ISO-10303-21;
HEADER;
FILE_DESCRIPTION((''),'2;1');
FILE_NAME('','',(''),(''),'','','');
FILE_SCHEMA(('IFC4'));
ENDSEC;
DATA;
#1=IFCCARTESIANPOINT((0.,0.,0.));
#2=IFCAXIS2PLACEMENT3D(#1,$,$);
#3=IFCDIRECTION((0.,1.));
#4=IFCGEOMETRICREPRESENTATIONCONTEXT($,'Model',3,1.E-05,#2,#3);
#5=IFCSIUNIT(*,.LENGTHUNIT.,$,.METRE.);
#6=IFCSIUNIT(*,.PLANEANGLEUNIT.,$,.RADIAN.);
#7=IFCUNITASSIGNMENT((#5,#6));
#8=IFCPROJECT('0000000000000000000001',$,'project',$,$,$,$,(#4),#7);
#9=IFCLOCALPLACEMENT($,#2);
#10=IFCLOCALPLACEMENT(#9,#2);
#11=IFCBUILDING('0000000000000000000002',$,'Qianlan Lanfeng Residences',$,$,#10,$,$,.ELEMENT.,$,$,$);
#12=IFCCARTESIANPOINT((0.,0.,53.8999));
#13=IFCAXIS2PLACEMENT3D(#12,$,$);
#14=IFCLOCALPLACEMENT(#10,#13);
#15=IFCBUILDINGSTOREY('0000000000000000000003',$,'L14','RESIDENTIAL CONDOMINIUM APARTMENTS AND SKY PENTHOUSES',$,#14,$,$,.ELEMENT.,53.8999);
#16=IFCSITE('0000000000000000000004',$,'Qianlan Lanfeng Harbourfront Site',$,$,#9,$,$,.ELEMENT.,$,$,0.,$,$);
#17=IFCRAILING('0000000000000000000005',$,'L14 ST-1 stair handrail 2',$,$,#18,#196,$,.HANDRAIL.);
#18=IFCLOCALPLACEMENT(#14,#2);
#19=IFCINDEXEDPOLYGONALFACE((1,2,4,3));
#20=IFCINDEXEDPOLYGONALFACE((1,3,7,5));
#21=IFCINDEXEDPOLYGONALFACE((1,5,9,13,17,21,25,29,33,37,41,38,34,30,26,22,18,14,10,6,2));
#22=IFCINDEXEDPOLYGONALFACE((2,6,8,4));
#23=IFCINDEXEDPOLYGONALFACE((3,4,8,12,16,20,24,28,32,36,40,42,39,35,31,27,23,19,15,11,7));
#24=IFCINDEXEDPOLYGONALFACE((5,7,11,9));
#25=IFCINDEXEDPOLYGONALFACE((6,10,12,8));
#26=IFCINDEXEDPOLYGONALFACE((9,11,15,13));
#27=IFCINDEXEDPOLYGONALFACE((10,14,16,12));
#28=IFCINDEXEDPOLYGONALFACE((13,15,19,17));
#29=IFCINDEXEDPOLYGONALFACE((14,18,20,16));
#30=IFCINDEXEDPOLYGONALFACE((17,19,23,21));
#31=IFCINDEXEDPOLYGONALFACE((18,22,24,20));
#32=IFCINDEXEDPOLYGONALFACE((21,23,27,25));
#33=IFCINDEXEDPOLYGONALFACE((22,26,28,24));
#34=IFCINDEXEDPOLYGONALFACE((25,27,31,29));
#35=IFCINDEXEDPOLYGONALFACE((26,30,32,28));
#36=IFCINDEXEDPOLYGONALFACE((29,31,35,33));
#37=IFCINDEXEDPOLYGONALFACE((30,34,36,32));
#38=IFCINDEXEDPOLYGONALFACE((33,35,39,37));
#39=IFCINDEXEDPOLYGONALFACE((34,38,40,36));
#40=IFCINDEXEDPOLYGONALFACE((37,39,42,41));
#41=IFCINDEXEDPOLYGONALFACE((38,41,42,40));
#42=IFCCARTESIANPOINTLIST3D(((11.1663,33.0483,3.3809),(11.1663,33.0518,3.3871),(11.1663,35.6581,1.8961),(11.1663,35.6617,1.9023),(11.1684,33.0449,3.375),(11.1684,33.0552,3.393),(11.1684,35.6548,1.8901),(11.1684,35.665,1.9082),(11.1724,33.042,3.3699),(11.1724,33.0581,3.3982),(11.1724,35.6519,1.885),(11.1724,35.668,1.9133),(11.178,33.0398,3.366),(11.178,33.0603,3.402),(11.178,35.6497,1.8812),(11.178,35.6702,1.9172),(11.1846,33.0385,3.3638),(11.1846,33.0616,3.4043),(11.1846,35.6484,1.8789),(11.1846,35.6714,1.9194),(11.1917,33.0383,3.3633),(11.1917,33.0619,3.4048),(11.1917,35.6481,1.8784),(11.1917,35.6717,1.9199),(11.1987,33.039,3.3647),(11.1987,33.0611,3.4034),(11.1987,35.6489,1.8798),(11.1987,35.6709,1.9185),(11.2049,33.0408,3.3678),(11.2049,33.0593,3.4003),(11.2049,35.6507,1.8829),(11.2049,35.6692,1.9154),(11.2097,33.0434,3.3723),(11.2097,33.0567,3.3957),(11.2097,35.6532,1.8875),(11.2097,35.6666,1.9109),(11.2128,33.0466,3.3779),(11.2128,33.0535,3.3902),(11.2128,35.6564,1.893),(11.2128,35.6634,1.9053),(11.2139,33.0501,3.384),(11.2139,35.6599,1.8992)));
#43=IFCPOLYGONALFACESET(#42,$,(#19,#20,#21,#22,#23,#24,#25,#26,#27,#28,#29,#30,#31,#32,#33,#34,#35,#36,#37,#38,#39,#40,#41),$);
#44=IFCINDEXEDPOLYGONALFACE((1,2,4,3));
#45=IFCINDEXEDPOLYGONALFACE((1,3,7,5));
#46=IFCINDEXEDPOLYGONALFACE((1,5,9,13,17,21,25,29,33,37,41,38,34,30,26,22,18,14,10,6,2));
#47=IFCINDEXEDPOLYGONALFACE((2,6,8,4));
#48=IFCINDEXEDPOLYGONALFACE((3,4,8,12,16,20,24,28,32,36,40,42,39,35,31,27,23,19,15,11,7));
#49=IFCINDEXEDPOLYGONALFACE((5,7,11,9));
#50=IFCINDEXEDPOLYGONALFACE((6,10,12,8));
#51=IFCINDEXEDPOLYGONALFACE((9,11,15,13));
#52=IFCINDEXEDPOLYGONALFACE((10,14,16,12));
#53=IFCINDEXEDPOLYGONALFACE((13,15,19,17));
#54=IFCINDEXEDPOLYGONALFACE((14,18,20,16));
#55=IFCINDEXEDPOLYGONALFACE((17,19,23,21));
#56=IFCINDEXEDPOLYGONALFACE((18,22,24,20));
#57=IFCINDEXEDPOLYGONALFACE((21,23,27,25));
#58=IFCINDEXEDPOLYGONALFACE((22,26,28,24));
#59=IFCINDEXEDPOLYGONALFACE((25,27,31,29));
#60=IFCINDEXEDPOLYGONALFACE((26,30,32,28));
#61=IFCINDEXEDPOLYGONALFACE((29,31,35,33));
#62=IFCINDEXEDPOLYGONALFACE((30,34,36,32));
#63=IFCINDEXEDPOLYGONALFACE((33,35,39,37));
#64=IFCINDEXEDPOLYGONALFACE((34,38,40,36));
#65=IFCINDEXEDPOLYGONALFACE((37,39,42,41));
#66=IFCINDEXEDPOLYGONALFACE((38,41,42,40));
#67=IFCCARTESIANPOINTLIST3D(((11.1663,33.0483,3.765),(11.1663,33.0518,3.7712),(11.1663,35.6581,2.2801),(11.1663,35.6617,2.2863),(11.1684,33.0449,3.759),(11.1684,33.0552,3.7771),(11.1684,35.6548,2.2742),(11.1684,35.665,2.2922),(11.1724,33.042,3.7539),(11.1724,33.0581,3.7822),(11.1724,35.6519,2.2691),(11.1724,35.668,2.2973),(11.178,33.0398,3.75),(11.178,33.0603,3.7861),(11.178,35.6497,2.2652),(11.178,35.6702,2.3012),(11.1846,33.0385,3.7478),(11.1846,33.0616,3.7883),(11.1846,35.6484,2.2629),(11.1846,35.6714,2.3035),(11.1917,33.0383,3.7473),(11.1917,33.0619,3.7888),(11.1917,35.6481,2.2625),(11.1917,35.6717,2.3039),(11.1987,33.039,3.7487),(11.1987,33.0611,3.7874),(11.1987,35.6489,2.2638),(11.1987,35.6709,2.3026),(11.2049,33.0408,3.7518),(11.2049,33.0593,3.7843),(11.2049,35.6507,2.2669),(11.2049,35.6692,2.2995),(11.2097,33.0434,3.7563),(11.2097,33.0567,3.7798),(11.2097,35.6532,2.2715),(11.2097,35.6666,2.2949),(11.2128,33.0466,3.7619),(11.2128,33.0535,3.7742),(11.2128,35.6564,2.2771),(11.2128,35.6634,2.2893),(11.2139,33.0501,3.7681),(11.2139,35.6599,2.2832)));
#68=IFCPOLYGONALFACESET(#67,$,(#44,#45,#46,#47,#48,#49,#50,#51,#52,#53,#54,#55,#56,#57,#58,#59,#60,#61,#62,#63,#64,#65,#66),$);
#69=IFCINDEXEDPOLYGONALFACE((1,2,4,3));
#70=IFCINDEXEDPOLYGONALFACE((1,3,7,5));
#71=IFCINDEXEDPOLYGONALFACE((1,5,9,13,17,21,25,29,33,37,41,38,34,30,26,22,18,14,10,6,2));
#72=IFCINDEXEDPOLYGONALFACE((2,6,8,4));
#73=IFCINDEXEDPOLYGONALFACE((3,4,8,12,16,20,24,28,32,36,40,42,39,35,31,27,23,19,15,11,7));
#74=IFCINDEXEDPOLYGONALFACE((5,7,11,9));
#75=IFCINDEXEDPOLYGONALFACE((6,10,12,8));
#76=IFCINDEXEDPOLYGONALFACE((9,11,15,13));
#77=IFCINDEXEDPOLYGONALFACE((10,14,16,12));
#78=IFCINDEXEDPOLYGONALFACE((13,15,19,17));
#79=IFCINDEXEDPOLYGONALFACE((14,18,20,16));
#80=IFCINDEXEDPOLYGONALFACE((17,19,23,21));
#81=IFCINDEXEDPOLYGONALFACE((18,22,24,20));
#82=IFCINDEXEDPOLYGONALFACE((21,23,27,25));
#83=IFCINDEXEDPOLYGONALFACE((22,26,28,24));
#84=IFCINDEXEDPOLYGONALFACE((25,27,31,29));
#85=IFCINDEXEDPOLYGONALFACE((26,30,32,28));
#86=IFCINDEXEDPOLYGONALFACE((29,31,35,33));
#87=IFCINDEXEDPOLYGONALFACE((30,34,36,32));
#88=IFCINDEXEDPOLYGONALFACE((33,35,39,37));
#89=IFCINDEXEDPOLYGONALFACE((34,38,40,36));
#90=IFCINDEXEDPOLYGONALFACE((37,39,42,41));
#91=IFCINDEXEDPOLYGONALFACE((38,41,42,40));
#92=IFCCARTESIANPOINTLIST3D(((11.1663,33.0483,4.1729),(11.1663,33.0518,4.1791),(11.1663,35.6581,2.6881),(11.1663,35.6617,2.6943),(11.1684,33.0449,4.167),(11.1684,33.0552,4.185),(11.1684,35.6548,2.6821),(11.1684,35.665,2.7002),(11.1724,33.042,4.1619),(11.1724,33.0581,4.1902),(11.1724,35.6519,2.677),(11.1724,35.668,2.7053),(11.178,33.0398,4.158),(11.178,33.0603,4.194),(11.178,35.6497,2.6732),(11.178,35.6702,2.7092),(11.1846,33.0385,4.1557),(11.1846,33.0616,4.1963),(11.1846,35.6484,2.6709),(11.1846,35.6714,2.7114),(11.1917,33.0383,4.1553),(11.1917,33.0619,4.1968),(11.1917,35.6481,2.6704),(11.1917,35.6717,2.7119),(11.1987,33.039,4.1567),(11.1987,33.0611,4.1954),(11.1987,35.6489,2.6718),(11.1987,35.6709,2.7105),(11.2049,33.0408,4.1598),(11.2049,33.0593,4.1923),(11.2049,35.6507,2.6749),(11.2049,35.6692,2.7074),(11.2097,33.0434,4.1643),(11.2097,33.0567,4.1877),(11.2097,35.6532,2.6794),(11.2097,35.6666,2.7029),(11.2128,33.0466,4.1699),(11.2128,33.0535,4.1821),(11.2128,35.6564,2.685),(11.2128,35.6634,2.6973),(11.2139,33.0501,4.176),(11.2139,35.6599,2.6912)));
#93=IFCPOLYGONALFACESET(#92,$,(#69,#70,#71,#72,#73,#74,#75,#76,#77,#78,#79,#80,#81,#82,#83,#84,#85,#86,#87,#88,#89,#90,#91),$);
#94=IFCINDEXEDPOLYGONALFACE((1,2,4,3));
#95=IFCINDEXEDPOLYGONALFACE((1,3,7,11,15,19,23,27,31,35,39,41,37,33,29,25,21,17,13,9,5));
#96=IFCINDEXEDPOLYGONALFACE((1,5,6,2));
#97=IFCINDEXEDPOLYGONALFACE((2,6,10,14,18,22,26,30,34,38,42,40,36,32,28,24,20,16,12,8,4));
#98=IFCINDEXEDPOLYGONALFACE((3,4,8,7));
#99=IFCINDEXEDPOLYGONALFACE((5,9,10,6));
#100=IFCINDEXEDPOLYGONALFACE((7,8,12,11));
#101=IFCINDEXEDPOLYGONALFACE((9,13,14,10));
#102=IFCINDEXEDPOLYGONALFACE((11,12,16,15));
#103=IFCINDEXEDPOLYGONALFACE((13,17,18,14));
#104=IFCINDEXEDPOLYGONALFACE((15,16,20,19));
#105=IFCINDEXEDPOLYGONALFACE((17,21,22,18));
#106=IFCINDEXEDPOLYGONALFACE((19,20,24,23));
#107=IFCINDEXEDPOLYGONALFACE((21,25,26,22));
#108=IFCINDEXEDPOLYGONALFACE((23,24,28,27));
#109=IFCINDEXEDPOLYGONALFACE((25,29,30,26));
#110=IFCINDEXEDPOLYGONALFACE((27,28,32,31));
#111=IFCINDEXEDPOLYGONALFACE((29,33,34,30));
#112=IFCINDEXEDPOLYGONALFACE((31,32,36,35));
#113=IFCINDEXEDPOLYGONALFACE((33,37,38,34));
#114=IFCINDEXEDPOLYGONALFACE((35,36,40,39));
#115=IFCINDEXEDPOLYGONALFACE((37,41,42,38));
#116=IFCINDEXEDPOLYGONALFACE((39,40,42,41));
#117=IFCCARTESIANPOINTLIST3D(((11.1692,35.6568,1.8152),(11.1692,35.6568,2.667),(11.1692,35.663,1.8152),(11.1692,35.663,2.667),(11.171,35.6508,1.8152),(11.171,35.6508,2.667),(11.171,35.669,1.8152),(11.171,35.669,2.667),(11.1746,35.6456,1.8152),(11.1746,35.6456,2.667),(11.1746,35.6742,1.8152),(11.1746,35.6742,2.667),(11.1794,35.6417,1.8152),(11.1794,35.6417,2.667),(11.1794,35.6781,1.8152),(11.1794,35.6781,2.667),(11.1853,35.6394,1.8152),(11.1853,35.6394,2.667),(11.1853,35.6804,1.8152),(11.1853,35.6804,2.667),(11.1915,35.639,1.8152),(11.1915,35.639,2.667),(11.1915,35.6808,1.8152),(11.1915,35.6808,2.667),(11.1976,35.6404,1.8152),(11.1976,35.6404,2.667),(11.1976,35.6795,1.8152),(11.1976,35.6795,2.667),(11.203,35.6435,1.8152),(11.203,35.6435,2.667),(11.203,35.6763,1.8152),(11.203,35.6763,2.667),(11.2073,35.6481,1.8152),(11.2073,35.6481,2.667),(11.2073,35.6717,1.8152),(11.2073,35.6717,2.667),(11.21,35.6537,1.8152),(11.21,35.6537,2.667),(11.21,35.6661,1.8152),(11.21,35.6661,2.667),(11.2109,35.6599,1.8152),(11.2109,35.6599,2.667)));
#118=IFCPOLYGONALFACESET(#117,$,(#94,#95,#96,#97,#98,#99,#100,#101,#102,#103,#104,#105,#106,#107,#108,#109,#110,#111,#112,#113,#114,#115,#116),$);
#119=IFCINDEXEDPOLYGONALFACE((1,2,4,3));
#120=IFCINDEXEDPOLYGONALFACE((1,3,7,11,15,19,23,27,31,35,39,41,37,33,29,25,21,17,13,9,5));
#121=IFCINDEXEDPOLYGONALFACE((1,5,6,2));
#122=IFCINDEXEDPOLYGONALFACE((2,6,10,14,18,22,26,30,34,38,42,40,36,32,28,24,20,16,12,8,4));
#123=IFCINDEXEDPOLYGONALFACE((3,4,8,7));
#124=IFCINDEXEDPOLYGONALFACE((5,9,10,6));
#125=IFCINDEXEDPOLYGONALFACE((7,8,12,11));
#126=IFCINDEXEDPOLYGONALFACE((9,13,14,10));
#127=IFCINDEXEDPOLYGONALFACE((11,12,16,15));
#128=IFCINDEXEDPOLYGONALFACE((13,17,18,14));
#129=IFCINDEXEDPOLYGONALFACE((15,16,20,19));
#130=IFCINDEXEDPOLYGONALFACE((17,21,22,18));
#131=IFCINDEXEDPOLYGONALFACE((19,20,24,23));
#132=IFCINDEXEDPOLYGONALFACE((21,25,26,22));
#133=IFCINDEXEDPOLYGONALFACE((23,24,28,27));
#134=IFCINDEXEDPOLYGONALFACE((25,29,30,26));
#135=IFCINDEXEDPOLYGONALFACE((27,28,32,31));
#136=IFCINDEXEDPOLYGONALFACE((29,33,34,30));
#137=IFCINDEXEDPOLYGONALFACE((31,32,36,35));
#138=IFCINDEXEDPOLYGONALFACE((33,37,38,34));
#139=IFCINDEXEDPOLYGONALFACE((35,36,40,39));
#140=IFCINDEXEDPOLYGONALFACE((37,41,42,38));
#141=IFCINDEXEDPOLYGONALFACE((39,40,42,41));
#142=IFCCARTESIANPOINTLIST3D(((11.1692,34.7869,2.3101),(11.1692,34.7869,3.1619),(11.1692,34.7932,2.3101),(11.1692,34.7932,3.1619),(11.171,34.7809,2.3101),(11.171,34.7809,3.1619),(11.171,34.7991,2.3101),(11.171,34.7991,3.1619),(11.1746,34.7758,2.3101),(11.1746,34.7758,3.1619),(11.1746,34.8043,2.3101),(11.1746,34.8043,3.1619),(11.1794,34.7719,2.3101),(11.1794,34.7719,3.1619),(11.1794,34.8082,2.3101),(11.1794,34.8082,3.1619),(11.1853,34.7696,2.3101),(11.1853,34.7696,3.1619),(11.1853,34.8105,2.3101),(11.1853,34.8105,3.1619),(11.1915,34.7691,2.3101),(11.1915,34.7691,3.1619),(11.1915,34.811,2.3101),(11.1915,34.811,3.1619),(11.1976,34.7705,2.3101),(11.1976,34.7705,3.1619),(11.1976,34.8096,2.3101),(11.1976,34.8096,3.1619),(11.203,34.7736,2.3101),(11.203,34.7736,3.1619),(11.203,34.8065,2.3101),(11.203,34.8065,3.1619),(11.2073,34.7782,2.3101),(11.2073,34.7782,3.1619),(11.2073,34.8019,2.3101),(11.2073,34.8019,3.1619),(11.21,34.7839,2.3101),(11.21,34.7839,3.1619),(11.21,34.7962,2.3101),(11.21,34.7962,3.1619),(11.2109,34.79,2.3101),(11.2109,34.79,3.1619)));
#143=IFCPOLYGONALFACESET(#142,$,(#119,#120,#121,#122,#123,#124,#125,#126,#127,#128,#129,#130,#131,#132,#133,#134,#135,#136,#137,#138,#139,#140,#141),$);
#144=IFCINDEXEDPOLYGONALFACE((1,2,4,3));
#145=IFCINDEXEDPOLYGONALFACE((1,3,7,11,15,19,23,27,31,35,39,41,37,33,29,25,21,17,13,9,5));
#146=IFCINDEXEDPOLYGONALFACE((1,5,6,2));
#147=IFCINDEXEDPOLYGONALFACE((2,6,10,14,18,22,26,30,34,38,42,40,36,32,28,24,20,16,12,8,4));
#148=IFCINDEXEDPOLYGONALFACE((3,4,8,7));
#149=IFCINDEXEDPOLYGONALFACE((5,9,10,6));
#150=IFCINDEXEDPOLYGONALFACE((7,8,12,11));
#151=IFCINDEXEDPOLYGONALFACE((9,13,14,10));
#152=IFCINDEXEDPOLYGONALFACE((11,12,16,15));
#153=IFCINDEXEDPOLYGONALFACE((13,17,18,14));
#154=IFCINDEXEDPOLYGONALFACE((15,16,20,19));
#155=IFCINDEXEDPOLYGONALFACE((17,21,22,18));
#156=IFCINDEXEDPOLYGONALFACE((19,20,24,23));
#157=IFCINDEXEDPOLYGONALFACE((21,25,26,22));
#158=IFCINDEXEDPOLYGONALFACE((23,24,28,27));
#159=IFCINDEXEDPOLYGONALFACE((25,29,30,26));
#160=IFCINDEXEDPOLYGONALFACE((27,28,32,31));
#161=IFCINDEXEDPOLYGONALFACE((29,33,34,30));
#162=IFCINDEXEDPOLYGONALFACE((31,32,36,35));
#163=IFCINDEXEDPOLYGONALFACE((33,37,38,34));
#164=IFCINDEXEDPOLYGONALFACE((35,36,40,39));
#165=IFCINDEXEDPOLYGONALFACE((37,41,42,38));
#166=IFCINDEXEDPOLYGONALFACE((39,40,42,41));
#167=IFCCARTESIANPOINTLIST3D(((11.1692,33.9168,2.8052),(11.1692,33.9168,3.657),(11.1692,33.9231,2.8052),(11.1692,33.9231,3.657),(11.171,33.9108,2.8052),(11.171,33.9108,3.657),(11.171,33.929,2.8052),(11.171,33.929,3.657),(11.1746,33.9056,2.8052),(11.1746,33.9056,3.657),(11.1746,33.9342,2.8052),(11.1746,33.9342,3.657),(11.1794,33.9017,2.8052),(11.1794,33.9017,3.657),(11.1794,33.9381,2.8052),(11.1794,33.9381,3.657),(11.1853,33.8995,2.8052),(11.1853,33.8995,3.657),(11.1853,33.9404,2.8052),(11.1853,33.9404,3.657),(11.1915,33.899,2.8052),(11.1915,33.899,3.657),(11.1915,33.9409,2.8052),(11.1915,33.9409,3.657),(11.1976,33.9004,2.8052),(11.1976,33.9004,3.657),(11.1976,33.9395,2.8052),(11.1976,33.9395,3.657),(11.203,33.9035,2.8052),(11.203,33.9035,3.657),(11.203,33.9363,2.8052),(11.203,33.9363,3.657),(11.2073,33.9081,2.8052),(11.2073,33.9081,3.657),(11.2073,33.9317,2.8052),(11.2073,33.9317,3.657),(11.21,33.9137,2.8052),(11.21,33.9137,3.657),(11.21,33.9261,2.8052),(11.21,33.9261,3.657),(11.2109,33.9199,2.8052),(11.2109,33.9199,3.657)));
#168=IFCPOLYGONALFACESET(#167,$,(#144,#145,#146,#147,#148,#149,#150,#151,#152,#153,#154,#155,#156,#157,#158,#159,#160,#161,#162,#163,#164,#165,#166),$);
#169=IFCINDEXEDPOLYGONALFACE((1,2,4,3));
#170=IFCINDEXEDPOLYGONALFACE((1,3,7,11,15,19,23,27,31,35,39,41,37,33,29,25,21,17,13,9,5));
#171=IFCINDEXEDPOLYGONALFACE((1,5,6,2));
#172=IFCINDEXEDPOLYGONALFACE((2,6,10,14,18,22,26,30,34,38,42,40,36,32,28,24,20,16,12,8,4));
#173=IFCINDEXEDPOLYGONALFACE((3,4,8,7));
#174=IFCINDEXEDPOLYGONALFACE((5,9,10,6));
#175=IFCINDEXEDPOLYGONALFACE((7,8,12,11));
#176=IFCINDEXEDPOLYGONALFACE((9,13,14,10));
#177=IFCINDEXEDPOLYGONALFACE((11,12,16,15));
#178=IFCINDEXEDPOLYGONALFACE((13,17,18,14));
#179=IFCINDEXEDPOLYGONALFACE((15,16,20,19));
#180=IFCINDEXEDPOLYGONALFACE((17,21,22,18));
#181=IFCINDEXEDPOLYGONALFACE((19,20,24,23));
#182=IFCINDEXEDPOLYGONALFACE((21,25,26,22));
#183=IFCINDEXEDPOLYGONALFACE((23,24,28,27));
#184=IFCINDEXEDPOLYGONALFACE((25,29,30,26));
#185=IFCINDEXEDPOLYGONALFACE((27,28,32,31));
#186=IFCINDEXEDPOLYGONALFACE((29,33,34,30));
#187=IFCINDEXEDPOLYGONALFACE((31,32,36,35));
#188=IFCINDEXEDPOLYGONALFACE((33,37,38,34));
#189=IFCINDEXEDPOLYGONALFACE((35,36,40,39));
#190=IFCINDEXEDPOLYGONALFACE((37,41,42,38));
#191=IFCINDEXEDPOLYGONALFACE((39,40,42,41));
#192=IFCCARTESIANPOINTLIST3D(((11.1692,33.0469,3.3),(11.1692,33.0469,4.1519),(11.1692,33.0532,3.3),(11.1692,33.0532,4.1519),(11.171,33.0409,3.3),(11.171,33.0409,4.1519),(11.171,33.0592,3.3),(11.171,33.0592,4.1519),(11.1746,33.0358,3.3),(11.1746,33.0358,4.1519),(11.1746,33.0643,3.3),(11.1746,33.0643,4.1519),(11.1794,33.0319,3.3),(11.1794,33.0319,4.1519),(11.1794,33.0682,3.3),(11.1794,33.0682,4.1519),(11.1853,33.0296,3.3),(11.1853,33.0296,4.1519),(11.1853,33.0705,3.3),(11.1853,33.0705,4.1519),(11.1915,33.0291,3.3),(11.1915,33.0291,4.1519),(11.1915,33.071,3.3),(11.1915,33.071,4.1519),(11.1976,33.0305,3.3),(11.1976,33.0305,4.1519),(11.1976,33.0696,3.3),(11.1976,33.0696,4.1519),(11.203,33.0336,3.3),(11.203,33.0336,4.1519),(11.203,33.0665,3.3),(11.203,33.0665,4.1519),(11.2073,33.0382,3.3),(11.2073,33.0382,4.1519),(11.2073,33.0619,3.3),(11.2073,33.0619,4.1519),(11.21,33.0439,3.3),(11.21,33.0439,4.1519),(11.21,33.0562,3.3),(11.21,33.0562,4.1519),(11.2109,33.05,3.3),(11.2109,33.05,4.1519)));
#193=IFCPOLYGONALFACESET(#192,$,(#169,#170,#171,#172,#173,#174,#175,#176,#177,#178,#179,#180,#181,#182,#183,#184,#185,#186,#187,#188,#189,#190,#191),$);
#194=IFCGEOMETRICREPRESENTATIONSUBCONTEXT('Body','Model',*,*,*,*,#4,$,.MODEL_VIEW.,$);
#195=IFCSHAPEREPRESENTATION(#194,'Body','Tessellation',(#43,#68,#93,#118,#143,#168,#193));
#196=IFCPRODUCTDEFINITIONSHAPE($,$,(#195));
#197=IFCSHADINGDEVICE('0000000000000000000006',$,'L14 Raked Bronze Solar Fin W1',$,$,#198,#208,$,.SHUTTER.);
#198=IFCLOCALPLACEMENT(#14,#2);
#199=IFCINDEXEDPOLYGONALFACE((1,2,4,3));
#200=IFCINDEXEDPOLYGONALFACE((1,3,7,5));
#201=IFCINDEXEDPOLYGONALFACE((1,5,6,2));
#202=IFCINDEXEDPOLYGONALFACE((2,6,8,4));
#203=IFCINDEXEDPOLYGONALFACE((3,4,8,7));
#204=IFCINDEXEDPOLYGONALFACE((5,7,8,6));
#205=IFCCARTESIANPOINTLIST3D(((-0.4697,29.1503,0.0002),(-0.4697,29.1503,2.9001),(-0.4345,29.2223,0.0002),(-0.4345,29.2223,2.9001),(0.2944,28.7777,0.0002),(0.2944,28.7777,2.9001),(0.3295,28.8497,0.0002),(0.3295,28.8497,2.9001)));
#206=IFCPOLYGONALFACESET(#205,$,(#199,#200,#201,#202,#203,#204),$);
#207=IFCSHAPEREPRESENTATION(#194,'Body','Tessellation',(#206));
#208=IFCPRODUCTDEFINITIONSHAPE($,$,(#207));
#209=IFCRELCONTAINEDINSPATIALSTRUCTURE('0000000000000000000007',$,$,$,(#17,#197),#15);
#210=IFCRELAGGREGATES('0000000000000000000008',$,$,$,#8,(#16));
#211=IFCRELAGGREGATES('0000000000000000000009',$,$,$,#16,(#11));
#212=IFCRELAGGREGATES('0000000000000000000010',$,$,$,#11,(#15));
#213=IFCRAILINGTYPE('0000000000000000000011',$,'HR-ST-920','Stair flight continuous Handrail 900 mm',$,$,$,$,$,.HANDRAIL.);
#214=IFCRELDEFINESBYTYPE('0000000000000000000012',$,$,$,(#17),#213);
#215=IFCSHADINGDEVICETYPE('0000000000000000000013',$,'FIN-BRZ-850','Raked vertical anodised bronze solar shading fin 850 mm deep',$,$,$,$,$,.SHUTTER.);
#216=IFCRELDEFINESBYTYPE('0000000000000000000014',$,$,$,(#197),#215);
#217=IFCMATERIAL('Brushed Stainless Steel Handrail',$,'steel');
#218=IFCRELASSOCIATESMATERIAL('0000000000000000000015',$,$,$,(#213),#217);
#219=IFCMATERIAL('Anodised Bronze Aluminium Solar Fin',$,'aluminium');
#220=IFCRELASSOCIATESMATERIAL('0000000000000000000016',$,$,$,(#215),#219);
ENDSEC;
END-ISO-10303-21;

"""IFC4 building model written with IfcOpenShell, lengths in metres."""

from ifc_helpers import new_model, si_unit, direction, frame, origin, origin_2d, place, context, subcontext, project, spatial, rectangle, circle, extrude, source, transform, mapped, material, type_object, element, save


model = new_model("IFC4")

# Units and contexts
model_context = context("Model", 3, precision=1e-05, world=origin(), true_north=direction((0.0, 1.0)))
body_context = subcontext(model_context, "Body", "Model", "MODEL_VIEW")
ifc_project = project(units=[si_unit("LENGTHUNIT", "METRE"), si_unit("PLANEANGLEUNIT", "RADIAN")], contexts=[model_context])

# Site, building, storey
site_placement = place(None, origin())
site = spatial("IfcSite", under=ifc_project, at=site_placement, Name="Qianlan Lanfeng Harbourfront Site", CompositionType="ELEMENT", RefElevation=0.0)
building_placement = place(site_placement, origin())
building = spatial("IfcBuilding", under=site, at=building_placement, Name="Qianlan Lanfeng Residences", CompositionType="ELEMENT")
storey_placement = place(building_placement, frame((0.0, 0.0, 53.8999)))
storey = spatial("IfcBuildingStorey", under=building, at=storey_placement, Name="L14", Description="RESIDENTIAL CONDOMINIUM APARTMENTS AND SKY PENTHOUSES", CompositionType="ELEMENT", Elevation=53.8999)

# Railing
ifc_material_1 = material(Name="Brushed Stainless Steel Handrail", Category="steel")
railing_type = type_object("IfcRailingType", Name="HR-ST-920", Description="Stair flight continuous Handrail 900 mm", PredefinedType="HANDRAIL", material=ifc_material_1)
railing_placement = place(storey_placement, frame((11.1899, 35.6599, 1.8152)))
element("IfcRailing", 1, at=railing_placement, inside=storey, type_object=railing_type, Name="L14 ST-1 stair handrail 2", PredefinedType="HANDRAIL", context=body_context, shape_type="SweptSolid", body=[
    extrude(circle(Radius=0.0239, at=origin_2d()), frame((0.0, 0.0, 0.084), z_axis=(0.0, -0.869172, 0.494509), x_axis=(1.0, 0.0, 0.0)), (0.0, 0.0, 1.0), 3.0027),
    extrude(circle(Radius=0.0239, at=origin_2d()), frame((0.0, 0.0, 0.468), z_axis=(0.0, -0.869172, 0.494509), x_axis=(1.0, 0.0, 0.0)), (0.0, 0.0, 1.0), 3.0027),
    extrude(circle(Radius=0.0239, at=origin_2d()), frame((0.0, 0.0, 0.876), z_axis=(0.0, -0.869172, 0.494509), x_axis=(1.0, 0.0, 0.0)), (0.0, 0.0, 1.0), 3.0027),
    extrude(circle(Radius=0.021, at=origin_2d()), origin(), (0.0, 0.0, 1.0), 0.8518),
    extrude(circle(Radius=0.021, at=origin_2d()), frame((0.0, -0.8699, 0.4949)), (0.0, 0.0, 1.0), 0.8518),
    extrude(circle(Radius=0.021, at=origin_2d()), frame((0.0, -1.74, 0.99)), (0.0, 0.0, 1.0), 0.8518),
    extrude(circle(Radius=0.021, at=origin_2d()), frame((0.0, -2.6099, 1.4849)), (0.0, 0.0, 1.0), 0.8518),
])

# Shading device
ifc_material_2 = material(Name="Anodised Bronze Aluminium Solar Fin", Category="aluminium")
shading_device_type = type_object("IfcShadingDeviceType", Name="FIN-BRZ-850", Description="Raked vertical anodised bronze solar shading fin 850 mm deep", PredefinedType="SHUTTER", material=ifc_material_2)
shared_shape_1 = source(origin(), body_context, "Body", "SweptSolid", [
    extrude(rectangle(XDim=0.8501, YDim=0.0801, at=origin_2d()), origin(), (0.0, 0.0, 1.0), 2.8999),
])
for number, where, z_axis, x_axis, name in (
    (2, (-0.0701, 29.0, 0.0002), (0.0, 0.0, 1.0), (0.898794, -0.438371, 0.0), "L14 Raked Bronze Solar Fin W1"),
):
    element("IfcShadingDevice", number, at=place(storey_placement, frame(where, z_axis=z_axis, x_axis=x_axis)), inside=storey, type_object=shading_device_type, Name=name, PredefinedType="SHUTTER", context=body_context, shape_type="MappedRepresentation", body=[
        mapped(shared_shape_1, transform((0.0, 0.0, 0.0), scale=1.0)),
    ])

save(model, "model.ifc")
